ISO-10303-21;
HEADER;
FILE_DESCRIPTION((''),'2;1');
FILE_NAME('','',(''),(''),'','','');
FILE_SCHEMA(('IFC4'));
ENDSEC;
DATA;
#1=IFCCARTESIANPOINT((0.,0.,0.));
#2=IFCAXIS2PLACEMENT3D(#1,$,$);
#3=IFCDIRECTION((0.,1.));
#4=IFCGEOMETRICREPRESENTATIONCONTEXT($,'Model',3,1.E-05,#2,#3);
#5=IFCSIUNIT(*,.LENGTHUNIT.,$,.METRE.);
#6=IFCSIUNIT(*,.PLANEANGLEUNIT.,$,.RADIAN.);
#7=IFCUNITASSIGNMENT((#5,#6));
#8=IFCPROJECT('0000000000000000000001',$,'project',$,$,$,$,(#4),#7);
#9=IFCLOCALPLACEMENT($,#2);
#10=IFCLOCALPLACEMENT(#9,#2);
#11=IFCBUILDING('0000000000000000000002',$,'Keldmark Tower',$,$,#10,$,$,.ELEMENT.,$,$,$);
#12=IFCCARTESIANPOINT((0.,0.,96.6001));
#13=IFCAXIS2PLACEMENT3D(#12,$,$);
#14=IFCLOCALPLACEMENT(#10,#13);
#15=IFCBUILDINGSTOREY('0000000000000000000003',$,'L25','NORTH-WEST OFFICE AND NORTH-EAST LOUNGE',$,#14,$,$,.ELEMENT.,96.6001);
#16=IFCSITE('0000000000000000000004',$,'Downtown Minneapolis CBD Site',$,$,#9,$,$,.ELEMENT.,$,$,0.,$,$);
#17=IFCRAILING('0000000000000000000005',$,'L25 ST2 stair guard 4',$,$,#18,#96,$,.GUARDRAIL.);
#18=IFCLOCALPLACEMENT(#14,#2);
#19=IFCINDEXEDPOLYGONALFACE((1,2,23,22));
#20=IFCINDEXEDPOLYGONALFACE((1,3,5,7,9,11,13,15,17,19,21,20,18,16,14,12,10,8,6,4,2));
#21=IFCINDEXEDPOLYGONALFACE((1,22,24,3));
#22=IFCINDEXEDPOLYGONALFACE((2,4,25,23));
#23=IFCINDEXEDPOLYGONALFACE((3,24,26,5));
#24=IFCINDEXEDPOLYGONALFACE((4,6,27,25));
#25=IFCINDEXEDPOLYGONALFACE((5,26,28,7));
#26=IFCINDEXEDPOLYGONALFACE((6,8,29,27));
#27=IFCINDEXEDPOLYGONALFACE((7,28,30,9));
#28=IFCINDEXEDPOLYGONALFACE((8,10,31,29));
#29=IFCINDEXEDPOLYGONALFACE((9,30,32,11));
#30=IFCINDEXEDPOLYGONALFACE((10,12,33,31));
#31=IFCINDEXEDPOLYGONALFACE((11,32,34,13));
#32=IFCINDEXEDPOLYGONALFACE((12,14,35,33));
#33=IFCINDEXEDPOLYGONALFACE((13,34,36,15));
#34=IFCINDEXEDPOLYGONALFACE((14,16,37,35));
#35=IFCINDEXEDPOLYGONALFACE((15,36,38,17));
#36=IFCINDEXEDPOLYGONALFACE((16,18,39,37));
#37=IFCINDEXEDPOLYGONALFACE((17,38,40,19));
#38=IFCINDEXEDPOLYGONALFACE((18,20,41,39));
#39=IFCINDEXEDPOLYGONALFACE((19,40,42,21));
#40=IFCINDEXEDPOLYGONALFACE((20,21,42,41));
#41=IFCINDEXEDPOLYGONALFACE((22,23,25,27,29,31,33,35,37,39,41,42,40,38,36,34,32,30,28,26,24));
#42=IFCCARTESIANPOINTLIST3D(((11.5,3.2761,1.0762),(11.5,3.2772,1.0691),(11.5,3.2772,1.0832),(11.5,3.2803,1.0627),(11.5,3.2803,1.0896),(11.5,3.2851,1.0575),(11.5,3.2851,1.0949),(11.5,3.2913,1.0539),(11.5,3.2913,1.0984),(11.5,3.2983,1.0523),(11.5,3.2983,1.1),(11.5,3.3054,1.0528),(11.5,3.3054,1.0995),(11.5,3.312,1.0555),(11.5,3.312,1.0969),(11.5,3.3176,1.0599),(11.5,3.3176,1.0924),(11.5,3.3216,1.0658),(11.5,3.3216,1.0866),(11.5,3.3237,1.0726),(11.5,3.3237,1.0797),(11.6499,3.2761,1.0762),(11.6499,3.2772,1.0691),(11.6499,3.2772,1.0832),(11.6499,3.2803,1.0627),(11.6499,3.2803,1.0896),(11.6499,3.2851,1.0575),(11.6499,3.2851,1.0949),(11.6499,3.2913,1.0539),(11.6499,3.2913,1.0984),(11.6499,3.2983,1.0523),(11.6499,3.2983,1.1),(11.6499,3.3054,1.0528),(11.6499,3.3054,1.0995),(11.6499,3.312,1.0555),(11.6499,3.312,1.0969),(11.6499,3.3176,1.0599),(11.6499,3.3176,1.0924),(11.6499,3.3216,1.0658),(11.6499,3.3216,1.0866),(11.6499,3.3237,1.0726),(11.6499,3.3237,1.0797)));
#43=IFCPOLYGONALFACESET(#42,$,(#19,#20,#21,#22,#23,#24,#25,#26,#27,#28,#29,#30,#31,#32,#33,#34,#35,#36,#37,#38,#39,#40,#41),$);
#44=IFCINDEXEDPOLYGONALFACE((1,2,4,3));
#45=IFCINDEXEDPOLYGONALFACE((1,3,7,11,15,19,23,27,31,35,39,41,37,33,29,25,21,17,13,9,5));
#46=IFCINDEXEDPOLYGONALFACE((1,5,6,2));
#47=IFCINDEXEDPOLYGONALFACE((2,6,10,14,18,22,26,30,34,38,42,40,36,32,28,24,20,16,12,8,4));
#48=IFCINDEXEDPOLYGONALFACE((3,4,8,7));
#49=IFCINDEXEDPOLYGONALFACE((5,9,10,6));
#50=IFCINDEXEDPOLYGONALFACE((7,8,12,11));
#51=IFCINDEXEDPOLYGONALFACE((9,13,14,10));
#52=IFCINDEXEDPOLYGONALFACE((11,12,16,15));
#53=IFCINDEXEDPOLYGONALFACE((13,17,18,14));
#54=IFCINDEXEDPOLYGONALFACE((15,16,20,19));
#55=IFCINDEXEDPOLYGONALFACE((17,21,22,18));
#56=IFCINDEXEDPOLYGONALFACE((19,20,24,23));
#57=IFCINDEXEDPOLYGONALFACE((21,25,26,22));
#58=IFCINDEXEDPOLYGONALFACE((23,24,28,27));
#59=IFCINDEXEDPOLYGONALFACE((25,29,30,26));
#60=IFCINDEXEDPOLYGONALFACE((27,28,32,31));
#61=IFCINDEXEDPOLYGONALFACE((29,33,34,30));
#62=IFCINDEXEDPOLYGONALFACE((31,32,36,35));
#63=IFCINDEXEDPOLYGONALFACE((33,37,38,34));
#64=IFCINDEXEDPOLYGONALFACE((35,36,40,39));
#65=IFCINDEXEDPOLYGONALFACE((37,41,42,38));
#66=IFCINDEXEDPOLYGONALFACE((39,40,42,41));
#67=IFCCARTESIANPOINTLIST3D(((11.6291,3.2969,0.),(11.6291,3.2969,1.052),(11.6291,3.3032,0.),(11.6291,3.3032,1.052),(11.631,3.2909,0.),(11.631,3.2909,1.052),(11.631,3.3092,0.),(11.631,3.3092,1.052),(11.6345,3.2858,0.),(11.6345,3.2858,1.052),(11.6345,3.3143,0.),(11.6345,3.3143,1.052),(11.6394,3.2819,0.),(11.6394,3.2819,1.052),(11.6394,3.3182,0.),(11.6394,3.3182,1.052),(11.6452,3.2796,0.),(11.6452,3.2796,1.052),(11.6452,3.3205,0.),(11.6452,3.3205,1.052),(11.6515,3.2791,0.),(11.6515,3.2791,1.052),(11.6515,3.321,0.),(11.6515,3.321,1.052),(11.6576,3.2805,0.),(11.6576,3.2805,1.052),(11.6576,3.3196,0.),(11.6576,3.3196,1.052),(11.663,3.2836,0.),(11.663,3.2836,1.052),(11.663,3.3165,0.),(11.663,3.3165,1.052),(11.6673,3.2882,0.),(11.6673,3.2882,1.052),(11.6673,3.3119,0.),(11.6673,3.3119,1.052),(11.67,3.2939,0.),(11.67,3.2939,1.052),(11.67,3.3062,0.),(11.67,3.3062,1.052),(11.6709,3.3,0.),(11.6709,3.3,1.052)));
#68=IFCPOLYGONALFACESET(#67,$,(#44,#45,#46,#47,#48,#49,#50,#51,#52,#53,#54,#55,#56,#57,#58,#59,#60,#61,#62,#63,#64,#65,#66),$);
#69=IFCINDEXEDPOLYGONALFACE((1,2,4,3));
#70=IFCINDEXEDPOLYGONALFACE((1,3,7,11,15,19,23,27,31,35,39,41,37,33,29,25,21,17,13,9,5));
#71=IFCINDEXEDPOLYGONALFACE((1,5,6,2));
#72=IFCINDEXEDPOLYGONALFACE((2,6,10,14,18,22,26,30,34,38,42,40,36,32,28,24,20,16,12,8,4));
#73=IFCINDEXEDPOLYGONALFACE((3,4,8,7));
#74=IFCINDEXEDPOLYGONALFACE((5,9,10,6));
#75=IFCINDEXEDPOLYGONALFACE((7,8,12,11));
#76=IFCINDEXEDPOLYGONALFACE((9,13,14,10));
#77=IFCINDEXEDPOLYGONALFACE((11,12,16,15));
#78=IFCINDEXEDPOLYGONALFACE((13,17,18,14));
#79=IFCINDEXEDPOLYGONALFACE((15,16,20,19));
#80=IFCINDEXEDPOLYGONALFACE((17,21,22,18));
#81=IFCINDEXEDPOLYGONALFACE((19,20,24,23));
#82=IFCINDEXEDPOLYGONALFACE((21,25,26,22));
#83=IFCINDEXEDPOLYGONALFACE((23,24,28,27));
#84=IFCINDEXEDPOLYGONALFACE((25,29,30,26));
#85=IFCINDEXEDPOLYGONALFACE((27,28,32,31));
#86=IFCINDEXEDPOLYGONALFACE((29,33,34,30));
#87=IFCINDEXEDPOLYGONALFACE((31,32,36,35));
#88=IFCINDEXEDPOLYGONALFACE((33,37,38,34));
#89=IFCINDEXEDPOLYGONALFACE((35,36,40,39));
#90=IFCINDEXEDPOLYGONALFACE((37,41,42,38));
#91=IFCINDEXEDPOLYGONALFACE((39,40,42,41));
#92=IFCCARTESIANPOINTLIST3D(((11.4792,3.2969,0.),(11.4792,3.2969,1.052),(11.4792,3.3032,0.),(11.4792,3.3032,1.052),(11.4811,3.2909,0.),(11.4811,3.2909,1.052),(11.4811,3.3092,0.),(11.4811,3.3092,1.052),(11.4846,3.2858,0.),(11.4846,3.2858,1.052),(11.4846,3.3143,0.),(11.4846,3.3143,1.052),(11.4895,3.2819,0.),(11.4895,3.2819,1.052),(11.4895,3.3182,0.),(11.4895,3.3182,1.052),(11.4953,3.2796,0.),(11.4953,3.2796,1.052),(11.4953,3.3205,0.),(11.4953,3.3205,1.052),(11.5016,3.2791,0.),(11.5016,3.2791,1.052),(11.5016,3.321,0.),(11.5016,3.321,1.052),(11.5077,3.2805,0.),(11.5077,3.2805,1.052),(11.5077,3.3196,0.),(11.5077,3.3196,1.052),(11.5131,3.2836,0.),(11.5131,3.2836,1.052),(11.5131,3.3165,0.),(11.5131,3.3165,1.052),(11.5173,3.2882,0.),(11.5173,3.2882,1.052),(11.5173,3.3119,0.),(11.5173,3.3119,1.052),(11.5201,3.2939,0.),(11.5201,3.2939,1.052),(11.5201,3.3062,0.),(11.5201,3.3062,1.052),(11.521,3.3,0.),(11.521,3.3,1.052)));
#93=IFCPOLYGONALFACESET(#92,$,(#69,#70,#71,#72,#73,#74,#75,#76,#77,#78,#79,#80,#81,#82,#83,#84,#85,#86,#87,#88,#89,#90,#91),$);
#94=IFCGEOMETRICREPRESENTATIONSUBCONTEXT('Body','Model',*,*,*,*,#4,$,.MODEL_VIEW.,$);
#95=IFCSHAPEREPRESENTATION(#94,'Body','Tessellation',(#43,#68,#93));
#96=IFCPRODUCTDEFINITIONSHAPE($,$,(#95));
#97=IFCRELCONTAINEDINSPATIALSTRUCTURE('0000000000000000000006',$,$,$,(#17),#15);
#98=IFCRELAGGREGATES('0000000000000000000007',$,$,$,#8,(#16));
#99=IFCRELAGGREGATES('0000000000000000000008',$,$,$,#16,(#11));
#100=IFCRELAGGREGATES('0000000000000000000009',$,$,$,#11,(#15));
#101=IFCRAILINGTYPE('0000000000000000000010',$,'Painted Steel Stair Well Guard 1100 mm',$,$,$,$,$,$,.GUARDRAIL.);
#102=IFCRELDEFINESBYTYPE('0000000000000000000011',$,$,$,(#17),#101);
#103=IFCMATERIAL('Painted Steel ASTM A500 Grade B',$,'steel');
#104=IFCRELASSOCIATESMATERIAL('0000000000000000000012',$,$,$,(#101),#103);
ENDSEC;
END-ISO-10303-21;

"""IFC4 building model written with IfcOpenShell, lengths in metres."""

from ifc_helpers import new_model, si_unit, direction, frame, origin, origin_2d, place, context, subcontext, project, spatial, circle, extrude, material, type_object, element, save


model = new_model("IFC4")

# Units and contexts
model_context = context("Model", 3, precision=1e-05, world=origin(), true_north=direction((0.0, 1.0)))
body_context = subcontext(model_context, "Body", "Model", "MODEL_VIEW")
ifc_project = project(units=[si_unit("LENGTHUNIT", "METRE"), si_unit("PLANEANGLEUNIT", "RADIAN")], contexts=[model_context])

# Site, building, storey
site_placement = place(None, origin())
site = spatial("IfcSite", under=ifc_project, at=site_placement, Name="Downtown Minneapolis CBD Site", CompositionType="ELEMENT", RefElevation=0.0)
building_placement = place(site_placement, origin())
building = spatial("IfcBuilding", under=site, at=building_placement, Name="Keldmark Tower", CompositionType="ELEMENT")
storey_placement = place(building_placement, frame((0.0, 0.0, 96.6001)))
storey = spatial("IfcBuildingStorey", under=building, at=storey_placement, Name="L25", Description="NORTH-WEST OFFICE AND NORTH-EAST LOUNGE", CompositionType="ELEMENT", Elevation=96.6001)

# Railing
ifc_material_1 = material(Name="Painted Steel ASTM A500 Grade B", Category="steel")
railing_type_1 = type_object("IfcRailingType", Name="Painted Steel Stair Well Guard 1100 mm", PredefinedType="GUARDRAIL", material=ifc_material_1)
railing_1_placement = place(storey_placement, frame((11.6499, 3.3, 0.0)))
element("IfcRailing", 1, at=railing_1_placement, inside=storey, type_object=railing_type_1, Name="L25 ST2 stair guard 4", PredefinedType="GUARDRAIL", context=body_context, shape_type="SweptSolid", body=[
    extrude(circle(Radius=0.0239, at=origin_2d()), frame((0.0, 0.0, 1.0762), z_axis=(-1.0, 0.0, 0.0), x_axis=(0.0, -1.0, 0.0)), (0.0, 0.0, 1.0), 0.1499),
    extrude(circle(Radius=0.021, at=origin_2d()), origin(), (0.0, 0.0, 1.0), 1.052),
    extrude(circle(Radius=0.021, at=origin_2d()), frame((-0.1499, 0.0, 0.0)), (0.0, 0.0, 1.0), 1.052),
])

save(model, "model.ifc")
